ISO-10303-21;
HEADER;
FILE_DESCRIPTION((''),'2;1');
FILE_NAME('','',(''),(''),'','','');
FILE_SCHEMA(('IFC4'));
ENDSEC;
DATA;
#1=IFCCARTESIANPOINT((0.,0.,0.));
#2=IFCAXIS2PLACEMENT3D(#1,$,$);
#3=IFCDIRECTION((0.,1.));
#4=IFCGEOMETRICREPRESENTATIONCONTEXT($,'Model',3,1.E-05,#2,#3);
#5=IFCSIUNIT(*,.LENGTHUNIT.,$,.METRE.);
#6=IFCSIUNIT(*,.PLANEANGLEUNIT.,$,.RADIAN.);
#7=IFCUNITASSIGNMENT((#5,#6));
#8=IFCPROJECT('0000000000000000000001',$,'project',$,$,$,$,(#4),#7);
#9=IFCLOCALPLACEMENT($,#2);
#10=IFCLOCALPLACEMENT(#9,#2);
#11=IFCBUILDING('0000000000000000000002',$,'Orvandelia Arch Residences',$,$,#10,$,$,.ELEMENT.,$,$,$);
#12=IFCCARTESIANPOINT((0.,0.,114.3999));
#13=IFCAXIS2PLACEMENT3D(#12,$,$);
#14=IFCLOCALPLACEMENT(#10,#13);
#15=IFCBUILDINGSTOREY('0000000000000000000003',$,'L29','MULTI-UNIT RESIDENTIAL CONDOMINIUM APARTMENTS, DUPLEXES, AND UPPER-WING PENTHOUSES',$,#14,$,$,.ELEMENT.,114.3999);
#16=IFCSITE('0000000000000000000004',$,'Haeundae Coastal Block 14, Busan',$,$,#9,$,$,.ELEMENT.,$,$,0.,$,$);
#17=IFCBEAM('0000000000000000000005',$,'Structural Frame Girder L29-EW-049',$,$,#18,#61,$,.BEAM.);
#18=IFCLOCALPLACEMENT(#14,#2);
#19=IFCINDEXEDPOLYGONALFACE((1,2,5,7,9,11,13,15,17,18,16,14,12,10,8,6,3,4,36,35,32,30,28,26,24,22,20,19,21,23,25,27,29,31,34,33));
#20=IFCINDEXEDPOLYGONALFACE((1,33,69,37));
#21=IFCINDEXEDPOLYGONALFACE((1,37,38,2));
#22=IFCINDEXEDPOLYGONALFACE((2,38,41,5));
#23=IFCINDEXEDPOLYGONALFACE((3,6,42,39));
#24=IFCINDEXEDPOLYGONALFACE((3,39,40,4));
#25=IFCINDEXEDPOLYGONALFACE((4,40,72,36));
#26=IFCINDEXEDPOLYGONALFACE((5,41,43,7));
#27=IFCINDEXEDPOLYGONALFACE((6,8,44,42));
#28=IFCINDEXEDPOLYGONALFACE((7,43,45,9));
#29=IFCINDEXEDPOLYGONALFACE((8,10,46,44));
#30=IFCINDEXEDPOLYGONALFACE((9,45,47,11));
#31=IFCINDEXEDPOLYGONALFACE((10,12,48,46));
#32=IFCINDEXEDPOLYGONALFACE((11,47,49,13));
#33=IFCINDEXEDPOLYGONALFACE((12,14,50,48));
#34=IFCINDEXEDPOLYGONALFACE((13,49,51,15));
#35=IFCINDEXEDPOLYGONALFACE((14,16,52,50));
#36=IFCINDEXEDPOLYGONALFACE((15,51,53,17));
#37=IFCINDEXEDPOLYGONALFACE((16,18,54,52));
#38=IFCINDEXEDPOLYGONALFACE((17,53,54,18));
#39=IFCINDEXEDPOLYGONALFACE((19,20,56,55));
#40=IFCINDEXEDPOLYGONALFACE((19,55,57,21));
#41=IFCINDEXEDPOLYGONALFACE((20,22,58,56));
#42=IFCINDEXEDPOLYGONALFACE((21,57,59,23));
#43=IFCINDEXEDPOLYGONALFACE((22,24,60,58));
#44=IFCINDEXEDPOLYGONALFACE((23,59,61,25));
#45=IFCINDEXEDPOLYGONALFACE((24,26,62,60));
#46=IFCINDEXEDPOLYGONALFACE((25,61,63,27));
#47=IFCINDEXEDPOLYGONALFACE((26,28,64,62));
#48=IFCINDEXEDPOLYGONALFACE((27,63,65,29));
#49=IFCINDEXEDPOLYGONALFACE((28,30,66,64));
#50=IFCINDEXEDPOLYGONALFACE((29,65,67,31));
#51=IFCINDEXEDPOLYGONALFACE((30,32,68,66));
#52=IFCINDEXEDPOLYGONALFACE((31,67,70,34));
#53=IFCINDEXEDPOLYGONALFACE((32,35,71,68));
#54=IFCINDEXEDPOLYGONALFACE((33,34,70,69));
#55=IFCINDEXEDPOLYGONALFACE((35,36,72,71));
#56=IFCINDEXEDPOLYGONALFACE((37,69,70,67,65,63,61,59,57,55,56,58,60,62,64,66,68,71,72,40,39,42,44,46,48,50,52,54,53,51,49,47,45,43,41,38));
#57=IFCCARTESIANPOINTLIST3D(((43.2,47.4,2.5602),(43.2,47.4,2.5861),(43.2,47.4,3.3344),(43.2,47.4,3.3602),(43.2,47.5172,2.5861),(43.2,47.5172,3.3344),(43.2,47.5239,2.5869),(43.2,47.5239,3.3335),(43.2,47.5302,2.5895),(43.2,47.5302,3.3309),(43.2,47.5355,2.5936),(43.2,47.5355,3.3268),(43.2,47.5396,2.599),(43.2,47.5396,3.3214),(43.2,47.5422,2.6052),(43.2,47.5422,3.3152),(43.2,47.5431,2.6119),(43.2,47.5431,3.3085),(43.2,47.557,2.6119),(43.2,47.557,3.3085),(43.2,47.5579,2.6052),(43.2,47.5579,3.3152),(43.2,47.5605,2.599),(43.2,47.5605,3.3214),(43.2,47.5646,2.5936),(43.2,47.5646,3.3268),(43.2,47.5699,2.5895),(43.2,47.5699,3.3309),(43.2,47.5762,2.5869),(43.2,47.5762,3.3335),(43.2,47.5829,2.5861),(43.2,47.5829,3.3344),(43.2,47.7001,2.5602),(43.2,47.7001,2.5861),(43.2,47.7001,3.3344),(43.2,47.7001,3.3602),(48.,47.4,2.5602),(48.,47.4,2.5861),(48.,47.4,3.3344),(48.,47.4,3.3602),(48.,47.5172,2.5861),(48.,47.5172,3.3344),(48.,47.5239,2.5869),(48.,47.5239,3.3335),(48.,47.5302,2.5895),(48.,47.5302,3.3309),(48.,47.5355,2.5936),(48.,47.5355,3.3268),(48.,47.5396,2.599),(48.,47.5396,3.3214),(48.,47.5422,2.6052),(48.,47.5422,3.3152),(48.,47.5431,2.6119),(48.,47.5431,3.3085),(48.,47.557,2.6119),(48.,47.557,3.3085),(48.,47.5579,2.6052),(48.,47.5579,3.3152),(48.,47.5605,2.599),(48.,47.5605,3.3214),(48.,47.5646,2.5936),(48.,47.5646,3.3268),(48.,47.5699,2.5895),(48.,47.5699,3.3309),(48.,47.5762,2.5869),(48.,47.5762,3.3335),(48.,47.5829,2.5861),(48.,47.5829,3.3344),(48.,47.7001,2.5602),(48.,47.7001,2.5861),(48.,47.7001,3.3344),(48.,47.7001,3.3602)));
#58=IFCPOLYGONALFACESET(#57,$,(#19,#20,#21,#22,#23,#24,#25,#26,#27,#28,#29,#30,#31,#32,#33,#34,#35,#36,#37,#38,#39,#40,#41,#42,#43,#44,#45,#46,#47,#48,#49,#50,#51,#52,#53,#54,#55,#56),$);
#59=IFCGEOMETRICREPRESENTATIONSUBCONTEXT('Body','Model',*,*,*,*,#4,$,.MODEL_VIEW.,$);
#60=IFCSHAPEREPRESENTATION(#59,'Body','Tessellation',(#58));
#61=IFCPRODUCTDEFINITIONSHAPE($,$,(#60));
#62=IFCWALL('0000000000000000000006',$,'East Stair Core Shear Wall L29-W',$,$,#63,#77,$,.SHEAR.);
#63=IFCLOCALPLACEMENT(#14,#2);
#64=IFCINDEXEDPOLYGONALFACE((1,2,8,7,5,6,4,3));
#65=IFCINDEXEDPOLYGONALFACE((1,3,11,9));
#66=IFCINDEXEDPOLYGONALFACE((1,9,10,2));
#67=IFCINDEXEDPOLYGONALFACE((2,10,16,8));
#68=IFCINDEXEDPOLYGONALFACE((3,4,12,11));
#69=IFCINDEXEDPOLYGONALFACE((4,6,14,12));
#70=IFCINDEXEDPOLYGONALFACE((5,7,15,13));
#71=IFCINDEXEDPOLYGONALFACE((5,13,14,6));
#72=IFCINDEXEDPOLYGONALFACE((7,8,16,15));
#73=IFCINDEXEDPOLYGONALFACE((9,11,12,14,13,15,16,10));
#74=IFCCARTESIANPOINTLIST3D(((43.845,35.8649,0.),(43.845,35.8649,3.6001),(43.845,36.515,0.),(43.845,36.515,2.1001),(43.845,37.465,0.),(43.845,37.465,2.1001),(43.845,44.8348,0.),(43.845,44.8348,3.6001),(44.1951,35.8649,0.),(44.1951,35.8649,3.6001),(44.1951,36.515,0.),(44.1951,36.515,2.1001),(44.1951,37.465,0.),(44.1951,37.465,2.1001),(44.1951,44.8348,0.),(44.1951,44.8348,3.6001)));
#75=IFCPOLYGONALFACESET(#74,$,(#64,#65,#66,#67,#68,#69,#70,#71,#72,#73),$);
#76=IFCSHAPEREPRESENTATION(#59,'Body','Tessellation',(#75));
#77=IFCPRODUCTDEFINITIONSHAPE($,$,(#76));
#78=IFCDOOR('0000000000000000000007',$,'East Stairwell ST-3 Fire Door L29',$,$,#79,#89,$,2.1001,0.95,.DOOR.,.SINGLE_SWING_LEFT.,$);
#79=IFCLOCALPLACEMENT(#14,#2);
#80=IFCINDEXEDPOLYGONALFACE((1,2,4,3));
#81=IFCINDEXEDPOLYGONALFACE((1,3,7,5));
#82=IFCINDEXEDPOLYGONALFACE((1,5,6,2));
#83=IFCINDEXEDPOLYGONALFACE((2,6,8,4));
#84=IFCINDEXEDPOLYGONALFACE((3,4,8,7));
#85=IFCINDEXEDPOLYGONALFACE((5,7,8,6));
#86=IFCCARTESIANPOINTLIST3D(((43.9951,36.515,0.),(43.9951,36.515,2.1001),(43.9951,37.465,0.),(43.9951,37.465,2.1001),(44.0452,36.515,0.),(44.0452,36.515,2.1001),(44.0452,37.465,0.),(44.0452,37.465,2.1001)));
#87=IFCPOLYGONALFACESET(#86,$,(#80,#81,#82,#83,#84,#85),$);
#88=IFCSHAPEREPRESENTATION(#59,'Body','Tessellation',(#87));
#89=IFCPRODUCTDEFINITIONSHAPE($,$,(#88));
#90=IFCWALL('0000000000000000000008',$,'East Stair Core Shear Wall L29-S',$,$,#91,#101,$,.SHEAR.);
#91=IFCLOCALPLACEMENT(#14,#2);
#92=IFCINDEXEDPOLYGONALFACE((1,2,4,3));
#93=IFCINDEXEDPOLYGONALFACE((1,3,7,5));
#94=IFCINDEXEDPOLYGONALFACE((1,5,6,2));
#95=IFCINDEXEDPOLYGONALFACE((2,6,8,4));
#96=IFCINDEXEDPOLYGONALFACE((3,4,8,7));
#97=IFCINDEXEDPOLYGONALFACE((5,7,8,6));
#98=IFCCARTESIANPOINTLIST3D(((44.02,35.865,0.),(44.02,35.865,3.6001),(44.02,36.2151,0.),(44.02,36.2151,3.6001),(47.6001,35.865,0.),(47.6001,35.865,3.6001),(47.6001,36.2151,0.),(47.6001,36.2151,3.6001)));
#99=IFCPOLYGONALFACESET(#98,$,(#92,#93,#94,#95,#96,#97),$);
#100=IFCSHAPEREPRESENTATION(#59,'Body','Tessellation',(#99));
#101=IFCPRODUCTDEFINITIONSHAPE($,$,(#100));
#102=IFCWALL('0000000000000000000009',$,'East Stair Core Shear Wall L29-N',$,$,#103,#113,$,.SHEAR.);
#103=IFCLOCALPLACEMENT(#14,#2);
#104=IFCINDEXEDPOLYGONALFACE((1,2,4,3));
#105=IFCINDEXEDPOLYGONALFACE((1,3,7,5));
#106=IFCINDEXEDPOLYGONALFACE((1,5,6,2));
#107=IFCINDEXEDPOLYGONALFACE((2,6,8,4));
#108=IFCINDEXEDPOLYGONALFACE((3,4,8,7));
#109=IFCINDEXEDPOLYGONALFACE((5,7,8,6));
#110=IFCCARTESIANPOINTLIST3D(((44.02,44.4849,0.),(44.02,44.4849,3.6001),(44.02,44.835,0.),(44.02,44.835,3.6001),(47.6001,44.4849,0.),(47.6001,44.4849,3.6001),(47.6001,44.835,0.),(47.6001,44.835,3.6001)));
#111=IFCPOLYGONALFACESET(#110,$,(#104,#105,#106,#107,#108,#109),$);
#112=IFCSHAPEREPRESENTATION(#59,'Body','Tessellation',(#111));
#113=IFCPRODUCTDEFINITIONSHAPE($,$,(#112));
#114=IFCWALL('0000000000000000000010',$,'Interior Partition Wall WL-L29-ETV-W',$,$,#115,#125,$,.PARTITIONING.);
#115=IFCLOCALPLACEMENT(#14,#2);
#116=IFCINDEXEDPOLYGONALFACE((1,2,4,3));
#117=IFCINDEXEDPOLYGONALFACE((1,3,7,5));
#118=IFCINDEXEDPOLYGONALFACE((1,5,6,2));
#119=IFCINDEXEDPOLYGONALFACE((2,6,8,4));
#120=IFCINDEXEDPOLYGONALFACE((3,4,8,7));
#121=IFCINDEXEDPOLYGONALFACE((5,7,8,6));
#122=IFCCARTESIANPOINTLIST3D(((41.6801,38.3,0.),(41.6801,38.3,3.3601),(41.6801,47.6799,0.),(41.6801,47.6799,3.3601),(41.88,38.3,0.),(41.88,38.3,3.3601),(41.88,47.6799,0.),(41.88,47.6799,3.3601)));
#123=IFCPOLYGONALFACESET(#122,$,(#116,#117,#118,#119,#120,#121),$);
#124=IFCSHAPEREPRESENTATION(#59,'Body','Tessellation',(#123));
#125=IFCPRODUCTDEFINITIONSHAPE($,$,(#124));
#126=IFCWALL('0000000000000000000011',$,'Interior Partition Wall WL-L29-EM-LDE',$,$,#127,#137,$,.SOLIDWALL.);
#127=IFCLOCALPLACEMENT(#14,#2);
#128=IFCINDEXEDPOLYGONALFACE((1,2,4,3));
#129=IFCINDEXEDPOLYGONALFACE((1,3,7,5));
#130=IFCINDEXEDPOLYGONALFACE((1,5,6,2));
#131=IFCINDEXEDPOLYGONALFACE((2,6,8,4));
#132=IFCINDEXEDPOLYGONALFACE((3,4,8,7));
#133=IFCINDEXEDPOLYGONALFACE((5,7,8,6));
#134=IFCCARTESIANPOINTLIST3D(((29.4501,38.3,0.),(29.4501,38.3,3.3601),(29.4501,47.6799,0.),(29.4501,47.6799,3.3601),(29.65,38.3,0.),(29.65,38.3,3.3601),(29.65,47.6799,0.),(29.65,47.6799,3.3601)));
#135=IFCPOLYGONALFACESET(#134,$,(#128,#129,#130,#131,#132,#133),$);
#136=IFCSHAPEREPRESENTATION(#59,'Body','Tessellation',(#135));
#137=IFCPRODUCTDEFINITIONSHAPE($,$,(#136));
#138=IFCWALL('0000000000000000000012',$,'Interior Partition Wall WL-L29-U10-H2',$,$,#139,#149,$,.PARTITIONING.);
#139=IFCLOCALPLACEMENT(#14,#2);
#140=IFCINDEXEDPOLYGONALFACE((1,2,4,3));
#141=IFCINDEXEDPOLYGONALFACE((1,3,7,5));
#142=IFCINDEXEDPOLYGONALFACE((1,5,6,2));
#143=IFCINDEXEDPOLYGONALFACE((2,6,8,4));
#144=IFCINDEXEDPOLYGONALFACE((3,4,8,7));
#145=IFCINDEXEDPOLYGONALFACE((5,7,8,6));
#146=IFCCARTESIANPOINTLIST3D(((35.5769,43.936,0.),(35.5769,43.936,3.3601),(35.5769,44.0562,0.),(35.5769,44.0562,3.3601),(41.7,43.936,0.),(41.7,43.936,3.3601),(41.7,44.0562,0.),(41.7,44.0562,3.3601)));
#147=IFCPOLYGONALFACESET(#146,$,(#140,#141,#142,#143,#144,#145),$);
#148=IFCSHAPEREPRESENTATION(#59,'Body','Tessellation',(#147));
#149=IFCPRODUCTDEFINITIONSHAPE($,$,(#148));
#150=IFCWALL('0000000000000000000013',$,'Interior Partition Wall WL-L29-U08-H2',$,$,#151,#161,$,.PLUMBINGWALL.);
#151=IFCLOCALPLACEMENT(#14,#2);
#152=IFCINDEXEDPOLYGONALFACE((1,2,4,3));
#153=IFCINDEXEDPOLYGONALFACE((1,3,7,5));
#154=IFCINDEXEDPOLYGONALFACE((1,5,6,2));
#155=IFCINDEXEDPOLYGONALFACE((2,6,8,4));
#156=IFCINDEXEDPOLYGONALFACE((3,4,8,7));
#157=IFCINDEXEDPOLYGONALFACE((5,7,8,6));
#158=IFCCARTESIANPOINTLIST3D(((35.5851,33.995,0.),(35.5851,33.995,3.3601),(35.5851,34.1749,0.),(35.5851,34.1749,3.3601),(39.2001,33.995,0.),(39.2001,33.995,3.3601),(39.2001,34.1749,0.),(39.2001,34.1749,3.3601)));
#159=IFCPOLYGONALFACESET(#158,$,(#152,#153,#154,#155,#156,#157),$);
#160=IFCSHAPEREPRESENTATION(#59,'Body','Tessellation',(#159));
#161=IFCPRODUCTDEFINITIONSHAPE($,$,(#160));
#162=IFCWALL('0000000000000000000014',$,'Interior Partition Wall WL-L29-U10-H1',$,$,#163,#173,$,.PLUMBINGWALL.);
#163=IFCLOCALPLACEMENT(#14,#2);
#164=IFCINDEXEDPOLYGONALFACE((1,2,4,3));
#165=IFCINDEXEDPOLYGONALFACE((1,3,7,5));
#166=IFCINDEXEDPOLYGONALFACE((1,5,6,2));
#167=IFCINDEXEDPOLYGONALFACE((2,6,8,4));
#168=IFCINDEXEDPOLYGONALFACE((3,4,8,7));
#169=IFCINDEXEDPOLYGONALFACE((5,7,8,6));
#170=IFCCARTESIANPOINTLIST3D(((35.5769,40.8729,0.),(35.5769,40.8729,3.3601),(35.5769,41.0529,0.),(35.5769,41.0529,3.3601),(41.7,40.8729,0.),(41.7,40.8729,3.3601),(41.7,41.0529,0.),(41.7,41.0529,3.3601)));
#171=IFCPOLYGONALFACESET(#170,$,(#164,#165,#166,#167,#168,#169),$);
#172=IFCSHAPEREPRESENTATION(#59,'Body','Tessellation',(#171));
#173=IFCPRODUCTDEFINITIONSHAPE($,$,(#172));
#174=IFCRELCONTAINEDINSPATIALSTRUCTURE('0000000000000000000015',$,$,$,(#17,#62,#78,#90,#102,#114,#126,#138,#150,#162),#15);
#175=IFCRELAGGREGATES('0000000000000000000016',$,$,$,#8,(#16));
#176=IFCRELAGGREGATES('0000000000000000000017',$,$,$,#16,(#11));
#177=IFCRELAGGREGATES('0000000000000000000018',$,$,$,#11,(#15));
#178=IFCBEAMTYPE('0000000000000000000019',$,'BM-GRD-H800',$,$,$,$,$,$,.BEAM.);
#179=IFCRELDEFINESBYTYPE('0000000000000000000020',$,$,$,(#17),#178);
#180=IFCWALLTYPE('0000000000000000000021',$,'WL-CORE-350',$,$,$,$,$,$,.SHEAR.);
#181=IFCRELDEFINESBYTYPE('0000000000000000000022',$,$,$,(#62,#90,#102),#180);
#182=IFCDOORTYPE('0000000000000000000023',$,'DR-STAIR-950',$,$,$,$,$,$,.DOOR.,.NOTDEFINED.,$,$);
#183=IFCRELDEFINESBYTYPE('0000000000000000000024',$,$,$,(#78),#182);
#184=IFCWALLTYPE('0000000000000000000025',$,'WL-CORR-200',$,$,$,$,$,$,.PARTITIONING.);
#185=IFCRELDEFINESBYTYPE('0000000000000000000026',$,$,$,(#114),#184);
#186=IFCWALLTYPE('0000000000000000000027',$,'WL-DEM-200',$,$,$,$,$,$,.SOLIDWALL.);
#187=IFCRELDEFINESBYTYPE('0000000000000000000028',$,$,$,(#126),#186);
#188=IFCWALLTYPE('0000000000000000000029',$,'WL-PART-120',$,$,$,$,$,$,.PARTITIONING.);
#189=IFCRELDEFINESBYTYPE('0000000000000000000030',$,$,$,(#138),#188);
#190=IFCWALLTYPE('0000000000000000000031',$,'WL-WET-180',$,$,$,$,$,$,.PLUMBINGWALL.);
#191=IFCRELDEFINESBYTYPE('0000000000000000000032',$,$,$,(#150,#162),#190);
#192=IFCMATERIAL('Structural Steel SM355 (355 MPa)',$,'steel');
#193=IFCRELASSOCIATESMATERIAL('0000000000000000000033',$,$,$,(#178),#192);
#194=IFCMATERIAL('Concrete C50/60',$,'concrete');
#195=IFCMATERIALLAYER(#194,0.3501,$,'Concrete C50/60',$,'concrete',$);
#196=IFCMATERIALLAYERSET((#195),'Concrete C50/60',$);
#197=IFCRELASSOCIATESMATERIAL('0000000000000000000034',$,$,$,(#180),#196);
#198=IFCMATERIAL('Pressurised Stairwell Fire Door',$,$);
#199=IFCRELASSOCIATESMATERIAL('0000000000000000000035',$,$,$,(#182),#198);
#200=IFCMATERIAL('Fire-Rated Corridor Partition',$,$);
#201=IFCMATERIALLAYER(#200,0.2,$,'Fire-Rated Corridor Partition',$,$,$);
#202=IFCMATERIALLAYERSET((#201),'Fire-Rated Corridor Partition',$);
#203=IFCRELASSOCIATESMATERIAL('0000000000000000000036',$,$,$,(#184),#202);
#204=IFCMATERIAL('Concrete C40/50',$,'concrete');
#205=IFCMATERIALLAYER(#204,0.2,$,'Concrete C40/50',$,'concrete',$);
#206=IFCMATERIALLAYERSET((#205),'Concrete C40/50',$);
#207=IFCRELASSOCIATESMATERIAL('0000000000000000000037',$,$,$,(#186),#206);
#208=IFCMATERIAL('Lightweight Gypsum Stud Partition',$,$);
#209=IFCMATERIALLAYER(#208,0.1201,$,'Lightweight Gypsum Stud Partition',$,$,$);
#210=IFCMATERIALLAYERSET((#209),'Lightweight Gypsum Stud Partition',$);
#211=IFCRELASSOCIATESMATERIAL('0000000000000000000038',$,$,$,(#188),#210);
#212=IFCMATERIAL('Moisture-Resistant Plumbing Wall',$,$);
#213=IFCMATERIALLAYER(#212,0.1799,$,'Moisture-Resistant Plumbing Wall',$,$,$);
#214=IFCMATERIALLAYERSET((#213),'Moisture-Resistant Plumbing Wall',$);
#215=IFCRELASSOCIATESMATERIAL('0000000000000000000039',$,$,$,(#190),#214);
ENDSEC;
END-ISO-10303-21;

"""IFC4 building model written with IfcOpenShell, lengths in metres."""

from ifc_helpers import new_model, si_unit, direction, frame, frame_2d, origin, origin_2d, place, context, subcontext, project, spatial, rectangle, i_section, extrude, material, layer, layer_set, material_profile, profile_set, type_object, element, fill, save


model = new_model("IFC4")

# Units and contexts
model_context = context("Model", 3, precision=1e-05, world=origin(), true_north=direction((0.0, 1.0)))
body_context = subcontext(model_context, "Body", "Model", "MODEL_VIEW")
ifc_project = project(units=[si_unit("LENGTHUNIT", "METRE"), si_unit("PLANEANGLEUNIT", "RADIAN")], contexts=[model_context])

# Site, building, storey
site_placement = place(None, origin())
site = spatial("IfcSite", under=ifc_project, at=site_placement, Name="Haeundae Coastal Block 14, Busan", CompositionType="ELEMENT", RefElevation=0.0)
building_placement = place(site_placement, origin())
building = spatial("IfcBuilding", under=site, at=building_placement, Name="Orvandelia Arch Residences", CompositionType="ELEMENT")
storey_placement = place(building_placement, frame((0.0, 0.0, 114.3999)))
storey = spatial("IfcBuildingStorey", under=building, at=storey_placement, Name="L29", Description="MULTI-UNIT RESIDENTIAL CONDOMINIUM APARTMENTS, DUPLEXES, AND UPPER-WING PENTHOUSES", CompositionType="ELEMENT", Elevation=114.3999)

# Beam
ifc_material_1 = material(Name="Structural Steel SM355 (355 MPa)", Category="steel")
ifc_material_profile_1 = material_profile(ifc_material_1, i_section(OverallWidth=0.3, OverallDepth=0.8, WebThickness=0.0139, FlangeThickness=0.0259, FilletRadius=0.0259, at=origin_2d()), Name="Structural Steel SM355 (355 MPa)", Category="steel")
ifc_profile_set_1 = profile_set([ifc_material_profile_1], Name="Structural Steel SM355 (355 MPa)")
beam_type = type_object("IfcBeamType", Name="BM-GRD-H800", PredefinedType="BEAM", material=ifc_profile_set_1)
for number, where, z_axis, x_axis, name in (
    (1, (43.2, 47.55, 2.9602), (1.0, 0.0, 0.0), (0.0, 1.0, 0.0), "Structural Frame Girder L29-EW-049"),
):
    element("IfcBeam", number, at=place(storey_placement, frame(where, z_axis=z_axis, x_axis=x_axis)), inside=storey, type_object=beam_type, Name=name, PredefinedType="BEAM", context=body_context, shape_type="SweptSolid", body=[
        extrude(i_section(OverallWidth=0.3, OverallDepth=0.8, WebThickness=0.0139, FlangeThickness=0.0259, FilletRadius=0.0259, at=origin_2d()), origin(), (0.0, 0.0, 1.0), 4.8),
    ])

# Wall, opening, door
ifc_material_2 = material(Name="Concrete C50/60", Category="concrete")
ifc_layer_1 = layer(ifc_material_2, 0.3501, Name="Concrete C50/60", Category="concrete")
ifc_layer_set_1 = layer_set([ifc_layer_1], Name="Concrete C50/60")
wall_type_1 = type_object("IfcWallType", Name="WL-CORE-350", PredefinedType="SHEAR", material=ifc_layer_set_1)
wall_1_placement = place(storey_placement, frame((44.02, 35.865, 0.0), z_axis=(0.0, 0.0, 1.0), x_axis=(0.0, 1.0, 0.0)))
wall_1 = element("IfcWall", 2, at=wall_1_placement, inside=storey, type_object=wall_type_1, Name="East Stair Core Shear Wall L29-W", PredefinedType="SHEAR", context=body_context, shape_type="SweptSolid", body=[
    extrude(rectangle(XDim=8.97, YDim=0.3501, at=frame_2d((4.4849, 0.0))), origin(), (0.0, 0.0, 1.0), 3.6001),
])
opening_1_placement = place(wall_1_placement, frame((0.6499, 0.0, 0.0)))
opening_1 = element("IfcOpeningElement", 3, at=opening_1_placement, cuts=wall_1, PredefinedType="OPENING", context=body_context, shape_type="SweptSolid", body=[
    extrude(rectangle(XDim=0.95, YDim=2.1001, at=frame_2d((0.4751, 1.05))), frame((0.0, 0.1851, 0.0), z_axis=(0.0, -1.0, 0.0), x_axis=(1.0, 0.0, 0.0)), (0.0, 0.0, 1.0), 0.3701),
])
ifc_material_3 = material(Name="Pressurised Stairwell Fire Door")
door_type_1 = type_object("IfcDoorType", Name="DR-STAIR-950", OperationType="NOTDEFINED", PredefinedType="DOOR", material=ifc_material_3)
door_1_placement = place(opening_1_placement, origin())
door_1 = element("IfcDoor", 4, at=door_1_placement, inside=storey, type_object=door_type_1, Name="East Stairwell ST-3 Fire Door L29", OperationType="SINGLE_SWING_LEFT", OverallHeight=2.1001, OverallWidth=0.95, PredefinedType="DOOR", context=body_context, shape_type="SweptSolid", body=[
    extrude(rectangle(XDim=0.95, YDim=2.1001, at=frame_2d((0.4751, 1.05))), frame((0.0, 0.0249, 0.0), z_axis=(0.0, -1.0, 0.0), x_axis=(1.0, 0.0, 0.0)), (0.0, 0.0, 1.0), 0.05),
])
fill(opening_1, door_1)

# Walls
for number, where, z_axis, x_axis, name in (
    (5, (44.02, 36.04, 0.0), (0.0, 0.0, 1.0), (1.0, 0.0, 0.0), "East Stair Core Shear Wall L29-S"),
    (6, (44.02, 44.6599, 0.0), (0.0, 0.0, 1.0), (1.0, 0.0, 0.0), "East Stair Core Shear Wall L29-N"),
):
    element("IfcWall", number, at=place(storey_placement, frame(where, z_axis=z_axis, x_axis=x_axis)), inside=storey, type_object=wall_type_1, Name=name, PredefinedType="SHEAR", context=body_context, shape_type="SweptSolid", body=[
        extrude(rectangle(XDim=3.5801, YDim=0.3501, at=frame_2d((1.79, 0.0))), origin(), (0.0, 0.0, 1.0), 3.6001),
    ])
ifc_material_4 = material(Name="Fire-Rated Corridor Partition")
ifc_layer_2 = layer(ifc_material_4, 0.2, Name="Fire-Rated Corridor Partition")
ifc_layer_set_2 = layer_set([ifc_layer_2], Name="Fire-Rated Corridor Partition")
wall_type_2 = type_object("IfcWallType", Name="WL-CORR-200", PredefinedType="PARTITIONING", material=ifc_layer_set_2)
wall_2_placement = place(storey_placement, frame((41.78, 38.3, 0.0), z_axis=(0.0, 0.0, 1.0), x_axis=(0.0, 1.0, 0.0)))
element("IfcWall", 7, at=wall_2_placement, inside=storey, type_object=wall_type_2, Name="Interior Partition Wall WL-L29-ETV-W", PredefinedType="PARTITIONING", context=body_context, shape_type="SweptSolid", body=[
    extrude(rectangle(XDim=9.3799, YDim=0.2, at=frame_2d((4.6899, 0.0))), origin(), (0.0, 0.0, 1.0), 3.3601),
])
ifc_material_5 = material(Name="Concrete C40/50", Category="concrete")
ifc_layer_3 = layer(ifc_material_5, 0.2, Name="Concrete C40/50", Category="concrete")
ifc_layer_set_3 = layer_set([ifc_layer_3], Name="Concrete C40/50")
wall_type_3 = type_object("IfcWallType", Name="WL-DEM-200", PredefinedType="SOLIDWALL", material=ifc_layer_set_3)
wall_3_placement = place(storey_placement, frame((29.55, 38.3, 0.0), z_axis=(0.0, 0.0, 1.0), x_axis=(0.0, 1.0, 0.0)))
element("IfcWall", 8, at=wall_3_placement, inside=storey, type_object=wall_type_3, Name="Interior Partition Wall WL-L29-EM-LDE", PredefinedType="SOLIDWALL", context=body_context, shape_type="SweptSolid", body=[
    extrude(rectangle(XDim=9.3799, YDim=0.2, at=frame_2d((4.6899, 0.0))), origin(), (0.0, 0.0, 1.0), 3.3601),
])
ifc_material_6 = material(Name="Lightweight Gypsum Stud Partition")
ifc_layer_4 = layer(ifc_material_6, 0.1201, Name="Lightweight Gypsum Stud Partition")
ifc_layer_set_4 = layer_set([ifc_layer_4], Name="Lightweight Gypsum Stud Partition")
wall_type_4 = type_object("IfcWallType", Name="WL-PART-120", PredefinedType="PARTITIONING", material=ifc_layer_set_4)
wall_4_placement = place(storey_placement, frame((35.5769, 43.9961, 0.0), z_axis=(0.0, 0.0, 1.0), x_axis=(1.0, 0.0, 0.0)))
element("IfcWall", 9, at=wall_4_placement, inside=storey, type_object=wall_type_4, Name="Interior Partition Wall WL-L29-U10-H2", PredefinedType="PARTITIONING", context=body_context, shape_type="SweptSolid", body=[
    extrude(rectangle(XDim=6.123, YDim=0.1201, at=frame_2d((3.0615, 0.0))), origin(), (0.0, 0.0, 1.0), 3.3601),
])
ifc_material_7 = material(Name="Moisture-Resistant Plumbing Wall")
ifc_layer_5 = layer(ifc_material_7, 0.1799, Name="Moisture-Resistant Plumbing Wall")
ifc_layer_set_5 = layer_set([ifc_layer_5], Name="Moisture-Resistant Plumbing Wall")
wall_type_5 = type_object("IfcWallType", Name="WL-WET-180", PredefinedType="PLUMBINGWALL", material=ifc_layer_set_5)
wall_5_placement = place(storey_placement, frame((35.585, 34.085, 0.0), z_axis=(0.0, 0.0, 1.0), x_axis=(1.0, 0.0, 0.0)))
element("IfcWall", 10, at=wall_5_placement, inside=storey, type_object=wall_type_5, Name="Interior Partition Wall WL-L29-U08-H2", PredefinedType="PLUMBINGWALL", context=body_context, shape_type="SweptSolid", body=[
    extrude(rectangle(XDim=3.615, YDim=0.1799, at=frame_2d((1.8076, 0.0))), origin(), (0.0, 0.0, 1.0), 3.3601),
])

# Wall
wall_6_placement = place(storey_placement, frame((35.5769, 40.9629, 0.0), z_axis=(0.0, 0.0, 1.0), x_axis=(1.0, 0.0, 0.0)))
element("IfcWall", 11, at=wall_6_placement, inside=storey, type_object=wall_type_5, Name="Interior Partition Wall WL-L29-U10-H1", PredefinedType="PLUMBINGWALL", context=body_context, shape_type="SweptSolid", body=[
    extrude(rectangle(XDim=6.123, YDim=0.1799, at=frame_2d((3.0615, 0.0))), origin(), (0.0, 0.0, 1.0), 3.3601),
])

save(model, "model.ifc")
